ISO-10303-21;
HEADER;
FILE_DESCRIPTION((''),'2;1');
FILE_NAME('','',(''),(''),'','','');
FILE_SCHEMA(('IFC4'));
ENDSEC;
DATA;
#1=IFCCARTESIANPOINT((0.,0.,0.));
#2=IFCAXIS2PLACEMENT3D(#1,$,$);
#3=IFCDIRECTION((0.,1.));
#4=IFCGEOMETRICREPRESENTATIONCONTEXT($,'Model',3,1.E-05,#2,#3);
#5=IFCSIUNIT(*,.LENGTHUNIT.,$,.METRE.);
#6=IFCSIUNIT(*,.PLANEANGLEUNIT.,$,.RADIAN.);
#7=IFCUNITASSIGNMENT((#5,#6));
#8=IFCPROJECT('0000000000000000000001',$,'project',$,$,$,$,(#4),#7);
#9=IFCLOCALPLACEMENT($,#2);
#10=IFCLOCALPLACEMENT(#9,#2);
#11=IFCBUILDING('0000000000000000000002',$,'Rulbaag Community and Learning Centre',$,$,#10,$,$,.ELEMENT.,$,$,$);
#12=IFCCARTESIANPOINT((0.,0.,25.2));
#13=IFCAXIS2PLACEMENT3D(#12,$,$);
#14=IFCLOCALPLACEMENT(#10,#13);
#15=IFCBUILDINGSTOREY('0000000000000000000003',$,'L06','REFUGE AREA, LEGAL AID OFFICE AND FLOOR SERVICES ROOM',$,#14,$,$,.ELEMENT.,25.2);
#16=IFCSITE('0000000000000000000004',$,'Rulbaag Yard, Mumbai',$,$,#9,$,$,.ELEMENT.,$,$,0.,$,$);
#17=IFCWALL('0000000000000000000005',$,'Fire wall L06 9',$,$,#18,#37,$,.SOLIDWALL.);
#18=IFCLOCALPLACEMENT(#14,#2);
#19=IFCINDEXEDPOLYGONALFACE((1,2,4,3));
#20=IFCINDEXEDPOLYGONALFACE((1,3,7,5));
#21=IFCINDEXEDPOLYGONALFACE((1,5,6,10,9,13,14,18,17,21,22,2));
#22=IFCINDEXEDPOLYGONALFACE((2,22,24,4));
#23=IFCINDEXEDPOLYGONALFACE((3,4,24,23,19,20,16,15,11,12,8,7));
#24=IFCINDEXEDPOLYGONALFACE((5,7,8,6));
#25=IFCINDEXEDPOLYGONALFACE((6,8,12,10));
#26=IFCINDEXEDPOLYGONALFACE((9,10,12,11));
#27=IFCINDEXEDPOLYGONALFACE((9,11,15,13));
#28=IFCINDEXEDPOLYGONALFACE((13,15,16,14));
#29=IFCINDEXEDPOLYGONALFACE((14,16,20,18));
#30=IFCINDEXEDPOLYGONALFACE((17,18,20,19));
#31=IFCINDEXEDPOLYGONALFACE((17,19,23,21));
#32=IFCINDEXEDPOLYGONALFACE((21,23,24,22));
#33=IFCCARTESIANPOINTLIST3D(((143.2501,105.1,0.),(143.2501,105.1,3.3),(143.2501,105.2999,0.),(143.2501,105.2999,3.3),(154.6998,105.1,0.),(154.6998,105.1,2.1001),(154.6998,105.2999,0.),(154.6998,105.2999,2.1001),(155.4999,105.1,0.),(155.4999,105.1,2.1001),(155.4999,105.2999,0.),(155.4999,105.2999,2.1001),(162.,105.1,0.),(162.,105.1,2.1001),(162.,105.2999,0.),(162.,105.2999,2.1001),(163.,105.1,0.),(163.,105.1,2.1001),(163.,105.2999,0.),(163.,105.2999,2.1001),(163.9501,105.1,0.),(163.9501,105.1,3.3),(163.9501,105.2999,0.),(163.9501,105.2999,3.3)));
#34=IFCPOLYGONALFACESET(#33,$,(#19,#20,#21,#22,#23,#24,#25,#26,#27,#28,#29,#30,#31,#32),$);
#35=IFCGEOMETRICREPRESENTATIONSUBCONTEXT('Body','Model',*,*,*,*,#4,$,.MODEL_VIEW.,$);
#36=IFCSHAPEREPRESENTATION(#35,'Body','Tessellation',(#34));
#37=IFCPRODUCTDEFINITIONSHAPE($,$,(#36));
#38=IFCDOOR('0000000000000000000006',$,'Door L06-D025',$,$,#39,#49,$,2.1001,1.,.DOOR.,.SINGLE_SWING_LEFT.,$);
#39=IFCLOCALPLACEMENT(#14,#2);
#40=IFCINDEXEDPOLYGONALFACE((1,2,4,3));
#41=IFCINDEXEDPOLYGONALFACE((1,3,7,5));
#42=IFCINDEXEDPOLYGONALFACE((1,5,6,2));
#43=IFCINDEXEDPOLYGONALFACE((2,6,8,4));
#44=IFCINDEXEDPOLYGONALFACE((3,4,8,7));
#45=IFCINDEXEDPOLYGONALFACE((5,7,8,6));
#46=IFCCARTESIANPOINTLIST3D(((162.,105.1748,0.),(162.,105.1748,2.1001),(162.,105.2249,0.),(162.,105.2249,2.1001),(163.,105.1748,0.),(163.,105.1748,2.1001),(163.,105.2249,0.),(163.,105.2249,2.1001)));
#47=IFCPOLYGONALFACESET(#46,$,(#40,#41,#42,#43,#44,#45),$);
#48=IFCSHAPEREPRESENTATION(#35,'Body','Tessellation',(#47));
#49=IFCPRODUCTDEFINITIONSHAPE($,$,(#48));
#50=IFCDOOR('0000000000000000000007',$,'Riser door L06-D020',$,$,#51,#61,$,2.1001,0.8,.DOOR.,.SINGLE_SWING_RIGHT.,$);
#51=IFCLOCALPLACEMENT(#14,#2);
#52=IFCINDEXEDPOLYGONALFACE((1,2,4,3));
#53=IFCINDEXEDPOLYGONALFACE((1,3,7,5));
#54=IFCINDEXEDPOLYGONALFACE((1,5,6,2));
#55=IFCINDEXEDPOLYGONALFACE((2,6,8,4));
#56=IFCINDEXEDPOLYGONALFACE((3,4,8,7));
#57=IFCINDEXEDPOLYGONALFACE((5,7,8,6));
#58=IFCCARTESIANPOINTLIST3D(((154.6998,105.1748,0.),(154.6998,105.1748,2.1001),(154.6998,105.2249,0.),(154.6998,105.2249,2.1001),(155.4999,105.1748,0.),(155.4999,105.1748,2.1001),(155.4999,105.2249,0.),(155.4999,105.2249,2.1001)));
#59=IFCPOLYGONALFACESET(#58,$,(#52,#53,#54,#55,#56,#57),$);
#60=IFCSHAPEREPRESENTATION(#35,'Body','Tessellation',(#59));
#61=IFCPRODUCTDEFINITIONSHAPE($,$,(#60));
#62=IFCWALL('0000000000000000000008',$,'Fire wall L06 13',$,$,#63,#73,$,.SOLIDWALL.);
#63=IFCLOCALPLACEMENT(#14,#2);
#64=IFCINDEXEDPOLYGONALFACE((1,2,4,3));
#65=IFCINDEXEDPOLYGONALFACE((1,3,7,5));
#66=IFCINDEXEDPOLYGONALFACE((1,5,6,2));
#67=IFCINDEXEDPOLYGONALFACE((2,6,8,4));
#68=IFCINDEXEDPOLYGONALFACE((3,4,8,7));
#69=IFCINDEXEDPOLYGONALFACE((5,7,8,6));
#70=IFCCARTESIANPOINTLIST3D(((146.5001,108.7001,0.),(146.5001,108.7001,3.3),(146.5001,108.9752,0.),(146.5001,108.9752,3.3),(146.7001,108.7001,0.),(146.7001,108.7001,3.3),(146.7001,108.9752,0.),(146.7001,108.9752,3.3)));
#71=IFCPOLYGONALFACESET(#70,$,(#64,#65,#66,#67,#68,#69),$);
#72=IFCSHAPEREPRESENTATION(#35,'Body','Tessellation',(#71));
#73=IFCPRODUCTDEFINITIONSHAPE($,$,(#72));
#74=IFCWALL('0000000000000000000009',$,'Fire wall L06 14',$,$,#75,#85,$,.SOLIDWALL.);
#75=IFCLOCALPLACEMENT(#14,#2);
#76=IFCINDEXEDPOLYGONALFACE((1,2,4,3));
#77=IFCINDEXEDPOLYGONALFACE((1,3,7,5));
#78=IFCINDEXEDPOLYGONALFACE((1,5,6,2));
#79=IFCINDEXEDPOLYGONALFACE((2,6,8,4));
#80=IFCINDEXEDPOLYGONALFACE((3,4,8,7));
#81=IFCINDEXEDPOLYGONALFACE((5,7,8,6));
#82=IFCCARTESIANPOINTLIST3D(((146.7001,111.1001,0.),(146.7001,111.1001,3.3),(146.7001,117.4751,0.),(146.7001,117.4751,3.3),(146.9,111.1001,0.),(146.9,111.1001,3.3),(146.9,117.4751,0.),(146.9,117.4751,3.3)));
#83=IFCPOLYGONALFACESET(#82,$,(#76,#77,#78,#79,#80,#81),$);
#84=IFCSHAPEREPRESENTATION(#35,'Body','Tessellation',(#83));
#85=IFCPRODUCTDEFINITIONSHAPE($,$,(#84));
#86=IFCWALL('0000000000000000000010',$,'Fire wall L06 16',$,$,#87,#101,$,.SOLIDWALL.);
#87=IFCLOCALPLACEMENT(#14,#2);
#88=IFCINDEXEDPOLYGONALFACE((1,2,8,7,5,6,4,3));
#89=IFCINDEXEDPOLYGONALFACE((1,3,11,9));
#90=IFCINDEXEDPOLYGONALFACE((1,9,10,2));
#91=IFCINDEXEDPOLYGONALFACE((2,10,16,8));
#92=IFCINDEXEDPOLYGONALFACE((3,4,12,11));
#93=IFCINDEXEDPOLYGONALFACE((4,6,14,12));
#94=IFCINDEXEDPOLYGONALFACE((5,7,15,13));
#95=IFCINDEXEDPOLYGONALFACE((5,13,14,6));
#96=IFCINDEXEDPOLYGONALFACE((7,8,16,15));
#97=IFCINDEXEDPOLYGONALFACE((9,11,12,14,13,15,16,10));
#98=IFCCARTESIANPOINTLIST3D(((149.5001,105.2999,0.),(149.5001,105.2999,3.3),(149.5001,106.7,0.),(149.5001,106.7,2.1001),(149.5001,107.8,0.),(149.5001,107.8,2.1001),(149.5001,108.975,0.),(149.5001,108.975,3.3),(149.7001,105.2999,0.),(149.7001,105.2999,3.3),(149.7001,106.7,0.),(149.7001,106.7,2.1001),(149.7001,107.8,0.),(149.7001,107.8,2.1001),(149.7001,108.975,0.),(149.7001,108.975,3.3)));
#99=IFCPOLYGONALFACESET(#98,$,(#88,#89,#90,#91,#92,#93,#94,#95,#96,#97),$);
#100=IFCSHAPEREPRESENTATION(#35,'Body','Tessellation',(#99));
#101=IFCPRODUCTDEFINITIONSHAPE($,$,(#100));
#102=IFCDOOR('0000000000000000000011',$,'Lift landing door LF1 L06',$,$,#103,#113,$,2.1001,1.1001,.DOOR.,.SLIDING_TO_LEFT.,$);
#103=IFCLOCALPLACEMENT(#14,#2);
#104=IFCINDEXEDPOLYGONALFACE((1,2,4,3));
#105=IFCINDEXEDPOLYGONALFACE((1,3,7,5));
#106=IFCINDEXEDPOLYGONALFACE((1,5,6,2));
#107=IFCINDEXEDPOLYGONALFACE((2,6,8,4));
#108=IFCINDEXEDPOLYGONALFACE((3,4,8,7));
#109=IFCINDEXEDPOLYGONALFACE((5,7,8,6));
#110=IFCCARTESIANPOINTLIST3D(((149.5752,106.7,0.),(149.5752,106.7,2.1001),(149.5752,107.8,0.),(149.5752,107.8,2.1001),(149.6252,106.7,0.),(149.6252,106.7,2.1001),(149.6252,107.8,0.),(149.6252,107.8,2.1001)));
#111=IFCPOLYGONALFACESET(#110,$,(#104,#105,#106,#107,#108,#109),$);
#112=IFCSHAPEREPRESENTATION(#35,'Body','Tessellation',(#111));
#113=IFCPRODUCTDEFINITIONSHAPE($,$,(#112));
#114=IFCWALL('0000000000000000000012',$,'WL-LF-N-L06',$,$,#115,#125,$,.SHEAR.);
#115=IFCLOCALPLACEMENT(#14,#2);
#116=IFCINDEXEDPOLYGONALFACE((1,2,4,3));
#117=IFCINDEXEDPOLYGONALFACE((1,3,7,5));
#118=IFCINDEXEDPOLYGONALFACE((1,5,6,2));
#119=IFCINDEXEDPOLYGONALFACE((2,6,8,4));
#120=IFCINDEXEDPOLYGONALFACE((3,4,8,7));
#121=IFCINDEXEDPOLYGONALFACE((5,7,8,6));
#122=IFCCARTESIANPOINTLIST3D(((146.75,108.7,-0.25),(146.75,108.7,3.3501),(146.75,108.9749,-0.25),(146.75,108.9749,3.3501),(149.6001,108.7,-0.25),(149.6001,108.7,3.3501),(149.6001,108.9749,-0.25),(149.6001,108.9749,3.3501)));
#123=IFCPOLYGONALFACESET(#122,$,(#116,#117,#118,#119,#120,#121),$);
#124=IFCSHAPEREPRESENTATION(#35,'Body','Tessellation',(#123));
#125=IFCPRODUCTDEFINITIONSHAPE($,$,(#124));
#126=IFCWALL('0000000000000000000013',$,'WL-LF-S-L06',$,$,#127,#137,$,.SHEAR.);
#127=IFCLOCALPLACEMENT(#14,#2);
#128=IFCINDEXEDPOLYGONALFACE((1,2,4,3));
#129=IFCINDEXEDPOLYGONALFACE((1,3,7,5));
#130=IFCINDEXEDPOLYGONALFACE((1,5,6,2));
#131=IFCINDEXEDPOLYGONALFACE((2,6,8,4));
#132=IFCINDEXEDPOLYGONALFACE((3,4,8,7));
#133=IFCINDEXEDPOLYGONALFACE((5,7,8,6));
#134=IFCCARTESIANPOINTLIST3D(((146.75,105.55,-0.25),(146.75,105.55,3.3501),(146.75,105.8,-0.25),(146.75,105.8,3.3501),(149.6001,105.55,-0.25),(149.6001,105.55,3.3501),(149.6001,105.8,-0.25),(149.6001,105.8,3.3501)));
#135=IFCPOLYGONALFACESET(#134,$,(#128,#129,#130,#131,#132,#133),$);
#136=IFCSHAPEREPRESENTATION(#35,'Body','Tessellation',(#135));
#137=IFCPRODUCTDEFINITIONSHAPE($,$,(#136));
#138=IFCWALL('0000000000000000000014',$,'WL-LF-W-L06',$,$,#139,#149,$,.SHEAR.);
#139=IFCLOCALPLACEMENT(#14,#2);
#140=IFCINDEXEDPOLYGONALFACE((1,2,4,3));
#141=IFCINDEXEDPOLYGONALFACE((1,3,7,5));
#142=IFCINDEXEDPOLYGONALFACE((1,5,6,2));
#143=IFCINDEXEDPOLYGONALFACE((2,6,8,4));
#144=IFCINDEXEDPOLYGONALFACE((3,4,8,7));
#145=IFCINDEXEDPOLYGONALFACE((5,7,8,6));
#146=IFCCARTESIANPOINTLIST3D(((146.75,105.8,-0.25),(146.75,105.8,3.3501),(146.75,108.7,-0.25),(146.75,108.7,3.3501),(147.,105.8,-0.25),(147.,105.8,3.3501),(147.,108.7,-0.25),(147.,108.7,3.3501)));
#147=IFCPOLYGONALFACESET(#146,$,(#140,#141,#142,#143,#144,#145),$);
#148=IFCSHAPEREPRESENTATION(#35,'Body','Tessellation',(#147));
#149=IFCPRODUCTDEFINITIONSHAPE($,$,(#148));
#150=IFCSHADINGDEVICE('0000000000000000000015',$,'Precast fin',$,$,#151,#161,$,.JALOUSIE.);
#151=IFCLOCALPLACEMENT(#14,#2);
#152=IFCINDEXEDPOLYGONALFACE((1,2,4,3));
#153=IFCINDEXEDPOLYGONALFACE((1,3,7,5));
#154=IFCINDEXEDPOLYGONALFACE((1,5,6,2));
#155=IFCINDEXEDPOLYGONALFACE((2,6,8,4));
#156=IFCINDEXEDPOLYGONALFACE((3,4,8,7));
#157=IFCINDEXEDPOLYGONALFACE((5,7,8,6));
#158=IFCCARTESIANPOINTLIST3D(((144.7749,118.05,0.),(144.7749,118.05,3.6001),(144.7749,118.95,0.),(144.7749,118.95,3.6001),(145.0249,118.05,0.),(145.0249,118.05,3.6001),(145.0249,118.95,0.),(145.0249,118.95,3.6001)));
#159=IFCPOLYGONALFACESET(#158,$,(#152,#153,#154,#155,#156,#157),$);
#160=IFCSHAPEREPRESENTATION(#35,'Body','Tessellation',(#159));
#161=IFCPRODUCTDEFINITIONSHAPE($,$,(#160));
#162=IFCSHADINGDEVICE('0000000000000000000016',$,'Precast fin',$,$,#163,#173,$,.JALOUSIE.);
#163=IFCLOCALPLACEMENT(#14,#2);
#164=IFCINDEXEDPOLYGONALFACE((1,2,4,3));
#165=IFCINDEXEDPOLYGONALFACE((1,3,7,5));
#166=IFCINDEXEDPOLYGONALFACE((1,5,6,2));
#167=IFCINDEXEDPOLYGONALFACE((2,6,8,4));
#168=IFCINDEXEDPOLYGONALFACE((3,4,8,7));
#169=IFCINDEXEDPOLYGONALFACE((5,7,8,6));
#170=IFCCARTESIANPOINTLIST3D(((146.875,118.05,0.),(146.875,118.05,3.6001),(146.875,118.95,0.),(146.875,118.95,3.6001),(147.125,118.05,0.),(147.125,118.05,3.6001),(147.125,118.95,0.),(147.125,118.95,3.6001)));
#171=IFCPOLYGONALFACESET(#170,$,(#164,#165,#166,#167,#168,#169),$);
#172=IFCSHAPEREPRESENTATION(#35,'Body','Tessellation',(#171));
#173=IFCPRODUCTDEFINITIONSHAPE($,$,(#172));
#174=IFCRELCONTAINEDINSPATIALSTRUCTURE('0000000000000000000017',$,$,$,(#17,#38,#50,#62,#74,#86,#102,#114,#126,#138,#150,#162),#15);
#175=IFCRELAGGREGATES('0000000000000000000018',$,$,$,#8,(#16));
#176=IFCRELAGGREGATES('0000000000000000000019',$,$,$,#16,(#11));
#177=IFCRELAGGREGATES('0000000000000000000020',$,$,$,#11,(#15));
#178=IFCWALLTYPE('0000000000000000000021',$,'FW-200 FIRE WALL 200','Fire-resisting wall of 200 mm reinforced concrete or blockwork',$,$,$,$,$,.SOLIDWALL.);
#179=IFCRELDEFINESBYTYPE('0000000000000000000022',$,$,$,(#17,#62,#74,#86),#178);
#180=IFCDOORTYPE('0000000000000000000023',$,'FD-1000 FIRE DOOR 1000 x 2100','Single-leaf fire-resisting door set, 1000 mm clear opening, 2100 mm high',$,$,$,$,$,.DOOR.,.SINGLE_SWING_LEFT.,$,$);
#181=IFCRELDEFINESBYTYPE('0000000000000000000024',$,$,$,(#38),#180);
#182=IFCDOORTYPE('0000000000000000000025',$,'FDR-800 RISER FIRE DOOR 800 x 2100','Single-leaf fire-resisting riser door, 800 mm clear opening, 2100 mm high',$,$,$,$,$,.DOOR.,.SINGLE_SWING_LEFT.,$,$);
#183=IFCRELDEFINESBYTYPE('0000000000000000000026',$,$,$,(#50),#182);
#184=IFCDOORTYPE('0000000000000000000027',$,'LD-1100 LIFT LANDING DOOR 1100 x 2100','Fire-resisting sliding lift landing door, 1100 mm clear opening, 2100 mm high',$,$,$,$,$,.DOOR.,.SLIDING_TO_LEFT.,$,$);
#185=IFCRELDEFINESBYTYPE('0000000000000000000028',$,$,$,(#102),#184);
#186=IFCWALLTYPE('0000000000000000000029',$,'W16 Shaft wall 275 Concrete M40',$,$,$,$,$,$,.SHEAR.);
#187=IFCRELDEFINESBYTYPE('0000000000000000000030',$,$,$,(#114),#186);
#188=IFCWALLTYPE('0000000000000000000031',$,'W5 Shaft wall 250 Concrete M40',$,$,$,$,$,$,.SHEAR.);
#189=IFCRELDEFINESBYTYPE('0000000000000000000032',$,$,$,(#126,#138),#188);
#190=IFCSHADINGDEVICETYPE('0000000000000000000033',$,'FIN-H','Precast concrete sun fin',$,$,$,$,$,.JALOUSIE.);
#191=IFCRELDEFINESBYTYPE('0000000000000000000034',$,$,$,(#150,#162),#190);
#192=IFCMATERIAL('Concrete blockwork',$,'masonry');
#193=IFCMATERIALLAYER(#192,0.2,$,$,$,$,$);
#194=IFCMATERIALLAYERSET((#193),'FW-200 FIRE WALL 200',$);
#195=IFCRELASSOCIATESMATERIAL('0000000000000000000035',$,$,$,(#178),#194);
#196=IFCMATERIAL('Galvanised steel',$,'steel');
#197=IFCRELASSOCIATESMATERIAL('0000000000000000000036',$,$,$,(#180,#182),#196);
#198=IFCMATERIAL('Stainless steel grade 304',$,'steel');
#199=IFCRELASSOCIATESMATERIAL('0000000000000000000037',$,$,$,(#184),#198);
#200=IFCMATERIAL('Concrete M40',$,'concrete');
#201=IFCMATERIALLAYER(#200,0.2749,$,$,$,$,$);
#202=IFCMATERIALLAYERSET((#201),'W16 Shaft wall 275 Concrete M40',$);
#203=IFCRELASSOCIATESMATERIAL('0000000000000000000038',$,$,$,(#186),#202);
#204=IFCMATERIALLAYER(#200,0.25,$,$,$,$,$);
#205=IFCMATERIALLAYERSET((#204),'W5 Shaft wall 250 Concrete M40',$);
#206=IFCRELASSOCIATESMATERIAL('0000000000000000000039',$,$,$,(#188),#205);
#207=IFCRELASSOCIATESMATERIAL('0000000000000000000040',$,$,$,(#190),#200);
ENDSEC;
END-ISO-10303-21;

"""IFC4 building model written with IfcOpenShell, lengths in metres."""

from ifc_helpers import new_model, si_unit, direction, frame, frame_2d, origin, origin_2d, place, context, subcontext, project, spatial, rectangle, extrude, material, layer, layer_set, material_profile, profile_set, type_object, element, fill, save


model = new_model("IFC4")

# Units and contexts
model_context = context("Model", 3, precision=1e-05, world=origin(), true_north=direction((0.0, 1.0)))
body_context = subcontext(model_context, "Body", "Model", "MODEL_VIEW")
ifc_project = project(units=[si_unit("LENGTHUNIT", "METRE"), si_unit("PLANEANGLEUNIT", "RADIAN")], contexts=[model_context])

# Site, building, storey
site_placement = place(None, origin())
site = spatial("IfcSite", under=ifc_project, at=site_placement, Name="Rulbaag Yard, Mumbai", CompositionType="ELEMENT", RefElevation=0.0)
building_placement = place(site_placement, origin())
building = spatial("IfcBuilding", under=site, at=building_placement, Name="Rulbaag Community and Learning Centre", CompositionType="ELEMENT")
storey_placement = place(building_placement, frame((0.0, 0.0, 25.2)))
storey = spatial("IfcBuildingStorey", under=building, at=storey_placement, Name="L06", Description="REFUGE AREA, LEGAL AID OFFICE AND FLOOR SERVICES ROOM", CompositionType="ELEMENT", Elevation=25.2)

# Shared definitions
ifc_material_1 = material(Name="Concrete M40", Category="concrete")

# Wall, openings, doors
ifc_material_2 = material(Name="Concrete blockwork", Category="masonry")
ifc_layer_1 = layer(ifc_material_2, 0.2)
ifc_layer_set_1 = layer_set([ifc_layer_1], Name="FW-200 FIRE WALL 200")
wall_type_1 = type_object("IfcWallType", Name="FW-200 FIRE WALL 200", Description="Fire-resisting wall of 200 mm reinforced concrete or blockwork", PredefinedType="SOLIDWALL", material=ifc_layer_set_1)
wall_1_placement = place(storey_placement, frame((143.25, 105.2, 0.0), z_axis=(0.0, 0.0, 1.0), x_axis=(1.0, 0.0, 0.0)))
wall_1 = element("IfcWall", 1, at=wall_1_placement, inside=storey, type_object=wall_type_1, Name="Fire wall L06 9", PredefinedType="SOLIDWALL", context=body_context, shape_type="SweptSolid", body=[
    extrude(rectangle(XDim=20.7, YDim=0.2, at=frame_2d((10.3501, 0.0))), origin(), (0.0, 0.0, 1.0), 3.3),
])
opening_1_placement = place(wall_1_placement, frame((11.45, 0.0, 0.0)))
opening_1 = element("IfcOpeningElement", 2, at=opening_1_placement, cuts=wall_1, PredefinedType="OPENING", context=body_context, shape_type="SweptSolid", body=[
    extrude(rectangle(XDim=0.8, YDim=2.1001, at=frame_2d((0.3999, 1.05))), frame((0.0, 0.1099, 0.0), z_axis=(0.0, -1.0, 0.0), x_axis=(1.0, 0.0, 0.0)), (0.0, 0.0, 1.0), 0.22),
])
opening_2_placement = place(wall_1_placement, frame((18.75, 0.0, 0.0)))
opening_2 = element("IfcOpeningElement", 3, at=opening_2_placement, cuts=wall_1, PredefinedType="OPENING", context=body_context, shape_type="SweptSolid", body=[
    extrude(rectangle(XDim=1.0, YDim=2.1001, at=frame_2d((0.5, 1.05))), frame((0.0, 0.1099, 0.0), z_axis=(0.0, -1.0, 0.0), x_axis=(1.0, 0.0, 0.0)), (0.0, 0.0, 1.0), 0.22),
])
ifc_material_3 = material(Name="Galvanised steel", Category="steel")
door_type_1 = type_object("IfcDoorType", Name="FD-1000 FIRE DOOR 1000 x 2100", Description="Single-leaf fire-resisting door set, 1000 mm clear opening, 2100 mm high", OperationType="SINGLE_SWING_LEFT", PredefinedType="DOOR", material=ifc_material_3)
door_1_placement = place(opening_2_placement, origin())
door_1 = element("IfcDoor", 4, at=door_1_placement, inside=storey, type_object=door_type_1, Name="Door L06-D025", OperationType="SINGLE_SWING_LEFT", OverallHeight=2.1001, OverallWidth=1.0, PredefinedType="DOOR", context=body_context, shape_type="SweptSolid", body=[
    extrude(rectangle(XDim=1.0, YDim=2.1001, at=frame_2d((0.5, 1.05))), frame((0.0, 0.0249, 0.0), z_axis=(0.0, -1.0, 0.0), x_axis=(1.0, 0.0, 0.0)), (0.0, 0.0, 1.0), 0.05),
])
fill(opening_2, door_1)
door_type_2 = type_object("IfcDoorType", Name="FDR-800 RISER FIRE DOOR 800 x 2100", Description="Single-leaf fire-resisting riser door, 800 mm clear opening, 2100 mm high", OperationType="SINGLE_SWING_LEFT", PredefinedType="DOOR", material=ifc_material_3)
door_2_placement = place(opening_1_placement, origin())
door_2 = element("IfcDoor", 5, at=door_2_placement, inside=storey, type_object=door_type_2, Name="Riser door L06-D020", OperationType="SINGLE_SWING_RIGHT", OverallHeight=2.1001, OverallWidth=0.8, PredefinedType="DOOR", context=body_context, shape_type="SweptSolid", body=[
    extrude(rectangle(XDim=0.8, YDim=2.1001, at=frame_2d((0.3999, 1.05))), frame((0.0, 0.0249, 0.0), z_axis=(0.0, -1.0, 0.0), x_axis=(1.0, 0.0, 0.0)), (0.0, 0.0, 1.0), 0.05),
])
fill(opening_1, door_2)

# Walls
wall_2_placement = place(storey_placement, frame((146.6001, 108.7, 0.0), z_axis=(0.0, 0.0, 1.0), x_axis=(0.0, 1.0, 0.0)))
element("IfcWall", 6, at=wall_2_placement, inside=storey, type_object=wall_type_1, Name="Fire wall L06 13", PredefinedType="SOLIDWALL", context=body_context, shape_type="SweptSolid", body=[
    extrude(rectangle(XDim=0.2751, YDim=0.2, at=frame_2d((0.1377, 0.0))), origin(), (0.0, 0.0, 1.0), 3.3),
])
wall_3_placement = place(storey_placement, frame((146.8, 111.1001, 0.0), z_axis=(0.0, 0.0, 1.0), x_axis=(0.0, 1.0, 0.0)))
element("IfcWall", 7, at=wall_3_placement, inside=storey, type_object=wall_type_1, Name="Fire wall L06 14", PredefinedType="SOLIDWALL", context=body_context, shape_type="SweptSolid", body=[
    extrude(rectangle(XDim=6.375, YDim=0.2, at=frame_2d((3.1875, 0.0))), origin(), (0.0, 0.0, 1.0), 3.3),
])

# Wall, opening, door
wall_4_placement = place(storey_placement, frame((149.6001, 105.3, 0.0), z_axis=(0.0, 0.0, 1.0), x_axis=(0.0, 1.0, 0.0)))
wall_4 = element("IfcWall", 8, at=wall_4_placement, inside=storey, type_object=wall_type_1, Name="Fire wall L06 16", PredefinedType="SOLIDWALL", context=body_context, shape_type="SweptSolid", body=[
    extrude(rectangle(XDim=3.675, YDim=0.2, at=frame_2d((1.8374, 0.0))), origin(), (0.0, 0.0, 1.0), 3.3),
])
opening_3_placement = place(wall_4_placement, frame((1.3999, 0.0, 0.0)))
opening_3 = element("IfcOpeningElement", 9, at=opening_3_placement, cuts=wall_4, PredefinedType="OPENING", context=body_context, shape_type="SweptSolid", body=[
    extrude(rectangle(XDim=1.1001, YDim=2.1001, at=frame_2d((0.55, 1.05))), frame((0.0, 0.1099, 0.0), z_axis=(0.0, -1.0, 0.0), x_axis=(1.0, 0.0, 0.0)), (0.0, 0.0, 1.0), 0.22),
])
ifc_material_4 = material(Name="Stainless steel grade 304", Category="steel")
door_type_3 = type_object("IfcDoorType", Name="LD-1100 LIFT LANDING DOOR 1100 x 2100", Description="Fire-resisting sliding lift landing door, 1100 mm clear opening, 2100 mm high", OperationType="SLIDING_TO_LEFT", PredefinedType="DOOR", material=ifc_material_4)
door_3_placement = place(opening_3_placement, origin())
door_3 = element("IfcDoor", 10, at=door_3_placement, inside=storey, type_object=door_type_3, Name="Lift landing door LF1 L06", OperationType="SLIDING_TO_LEFT", OverallHeight=2.1001, OverallWidth=1.1001, PredefinedType="DOOR", context=body_context, shape_type="SweptSolid", body=[
    extrude(rectangle(XDim=1.1001, YDim=2.1001, at=frame_2d((0.55, 1.05))), frame((0.0, 0.0249, 0.0), z_axis=(0.0, -1.0, 0.0), x_axis=(1.0, 0.0, 0.0)), (0.0, 0.0, 1.0), 0.05),
])
fill(opening_3, door_3)

# Walls
ifc_layer_2 = layer(ifc_material_1, 0.2749)
ifc_layer_set_2 = layer_set([ifc_layer_2], Name="W16 Shaft wall 275 Concrete M40")
wall_type_2 = type_object("IfcWallType", Name="W16 Shaft wall 275 Concrete M40", PredefinedType="SHEAR", material=ifc_layer_set_2)
wall_5_placement = place(storey_placement, frame((146.75, 108.8374, -0.25), z_axis=(0.0, 0.0, 1.0), x_axis=(1.0, 0.0, 0.0)))
element("IfcWall", 11, at=wall_5_placement, inside=storey, type_object=wall_type_2, Name="WL-LF-N-L06", PredefinedType="SHEAR", context=body_context, shape_type="SweptSolid", body=[
    extrude(rectangle(XDim=2.8501, YDim=0.2749, at=frame_2d((1.425, 0.0))), origin(), (0.0, 0.0, 1.0), 3.6001),
])
ifc_layer_3 = layer(ifc_material_1, 0.25)
ifc_layer_set_3 = layer_set([ifc_layer_3], Name="W5 Shaft wall 250 Concrete M40")
wall_type_3 = type_object("IfcWallType", Name="W5 Shaft wall 250 Concrete M40", PredefinedType="SHEAR", material=ifc_layer_set_3)
wall_6_placement = place(storey_placement, frame((146.75, 105.675, -0.25), z_axis=(0.0, 0.0, 1.0), x_axis=(1.0, 0.0, 0.0)))
element("IfcWall", 12, at=wall_6_placement, inside=storey, type_object=wall_type_3, Name="WL-LF-S-L06", PredefinedType="SHEAR", context=body_context, shape_type="SweptSolid", body=[
    extrude(rectangle(XDim=2.8501, YDim=0.25, at=frame_2d((1.425, 0.0))), origin(), (0.0, 0.0, 1.0), 3.6001),
])
wall_7_placement = place(storey_placement, frame((146.875, 105.8, -0.25), z_axis=(0.0, 0.0, 1.0), x_axis=(0.0, 1.0, 0.0)))
element("IfcWall", 13, at=wall_7_placement, inside=storey, type_object=wall_type_3, Name="WL-LF-W-L06", PredefinedType="SHEAR", context=body_context, shape_type="SweptSolid", body=[
    extrude(rectangle(XDim=2.8999, YDim=0.25, at=frame_2d((1.45, 0.0))), origin(), (0.0, 0.0, 1.0), 3.6001),
])

# Shading devices
ifc_material_profile_1 = material_profile(ifc_material_1, rectangle(XDim=0.25, YDim=0.8999, at=origin_2d()), Name="PC 250x900")
ifc_profile_set_1 = profile_set([ifc_material_profile_1], Name="Concrete M40")
shading_device_type = type_object("IfcShadingDeviceType", Name="FIN-H", Description="Precast concrete sun fin", PredefinedType="JALOUSIE", material=ifc_profile_set_1)
for number, where, z_axis, x_axis, name in (
    (14, (144.8999, 118.5, 0.0), (0.0, 0.0, 1.0), (1.0, 0.0, 0.0), "Precast fin"),
    (15, (147.0, 118.5, 0.0), (0.0, 0.0, 1.0), (1.0, 0.0, 0.0), "Precast fin"),
):
    element("IfcShadingDevice", number, at=place(storey_placement, frame(where, z_axis=z_axis, x_axis=x_axis)), inside=storey, type_object=shading_device_type, Name=name, PredefinedType="JALOUSIE", context=body_context, shape_type="SweptSolid", body=[
        extrude(rectangle(XDim=0.25, YDim=0.8999, at=origin_2d()), origin(), (0.0, 0.0, 1.0), 3.6001),
    ])

save(model, "model.ifc")
